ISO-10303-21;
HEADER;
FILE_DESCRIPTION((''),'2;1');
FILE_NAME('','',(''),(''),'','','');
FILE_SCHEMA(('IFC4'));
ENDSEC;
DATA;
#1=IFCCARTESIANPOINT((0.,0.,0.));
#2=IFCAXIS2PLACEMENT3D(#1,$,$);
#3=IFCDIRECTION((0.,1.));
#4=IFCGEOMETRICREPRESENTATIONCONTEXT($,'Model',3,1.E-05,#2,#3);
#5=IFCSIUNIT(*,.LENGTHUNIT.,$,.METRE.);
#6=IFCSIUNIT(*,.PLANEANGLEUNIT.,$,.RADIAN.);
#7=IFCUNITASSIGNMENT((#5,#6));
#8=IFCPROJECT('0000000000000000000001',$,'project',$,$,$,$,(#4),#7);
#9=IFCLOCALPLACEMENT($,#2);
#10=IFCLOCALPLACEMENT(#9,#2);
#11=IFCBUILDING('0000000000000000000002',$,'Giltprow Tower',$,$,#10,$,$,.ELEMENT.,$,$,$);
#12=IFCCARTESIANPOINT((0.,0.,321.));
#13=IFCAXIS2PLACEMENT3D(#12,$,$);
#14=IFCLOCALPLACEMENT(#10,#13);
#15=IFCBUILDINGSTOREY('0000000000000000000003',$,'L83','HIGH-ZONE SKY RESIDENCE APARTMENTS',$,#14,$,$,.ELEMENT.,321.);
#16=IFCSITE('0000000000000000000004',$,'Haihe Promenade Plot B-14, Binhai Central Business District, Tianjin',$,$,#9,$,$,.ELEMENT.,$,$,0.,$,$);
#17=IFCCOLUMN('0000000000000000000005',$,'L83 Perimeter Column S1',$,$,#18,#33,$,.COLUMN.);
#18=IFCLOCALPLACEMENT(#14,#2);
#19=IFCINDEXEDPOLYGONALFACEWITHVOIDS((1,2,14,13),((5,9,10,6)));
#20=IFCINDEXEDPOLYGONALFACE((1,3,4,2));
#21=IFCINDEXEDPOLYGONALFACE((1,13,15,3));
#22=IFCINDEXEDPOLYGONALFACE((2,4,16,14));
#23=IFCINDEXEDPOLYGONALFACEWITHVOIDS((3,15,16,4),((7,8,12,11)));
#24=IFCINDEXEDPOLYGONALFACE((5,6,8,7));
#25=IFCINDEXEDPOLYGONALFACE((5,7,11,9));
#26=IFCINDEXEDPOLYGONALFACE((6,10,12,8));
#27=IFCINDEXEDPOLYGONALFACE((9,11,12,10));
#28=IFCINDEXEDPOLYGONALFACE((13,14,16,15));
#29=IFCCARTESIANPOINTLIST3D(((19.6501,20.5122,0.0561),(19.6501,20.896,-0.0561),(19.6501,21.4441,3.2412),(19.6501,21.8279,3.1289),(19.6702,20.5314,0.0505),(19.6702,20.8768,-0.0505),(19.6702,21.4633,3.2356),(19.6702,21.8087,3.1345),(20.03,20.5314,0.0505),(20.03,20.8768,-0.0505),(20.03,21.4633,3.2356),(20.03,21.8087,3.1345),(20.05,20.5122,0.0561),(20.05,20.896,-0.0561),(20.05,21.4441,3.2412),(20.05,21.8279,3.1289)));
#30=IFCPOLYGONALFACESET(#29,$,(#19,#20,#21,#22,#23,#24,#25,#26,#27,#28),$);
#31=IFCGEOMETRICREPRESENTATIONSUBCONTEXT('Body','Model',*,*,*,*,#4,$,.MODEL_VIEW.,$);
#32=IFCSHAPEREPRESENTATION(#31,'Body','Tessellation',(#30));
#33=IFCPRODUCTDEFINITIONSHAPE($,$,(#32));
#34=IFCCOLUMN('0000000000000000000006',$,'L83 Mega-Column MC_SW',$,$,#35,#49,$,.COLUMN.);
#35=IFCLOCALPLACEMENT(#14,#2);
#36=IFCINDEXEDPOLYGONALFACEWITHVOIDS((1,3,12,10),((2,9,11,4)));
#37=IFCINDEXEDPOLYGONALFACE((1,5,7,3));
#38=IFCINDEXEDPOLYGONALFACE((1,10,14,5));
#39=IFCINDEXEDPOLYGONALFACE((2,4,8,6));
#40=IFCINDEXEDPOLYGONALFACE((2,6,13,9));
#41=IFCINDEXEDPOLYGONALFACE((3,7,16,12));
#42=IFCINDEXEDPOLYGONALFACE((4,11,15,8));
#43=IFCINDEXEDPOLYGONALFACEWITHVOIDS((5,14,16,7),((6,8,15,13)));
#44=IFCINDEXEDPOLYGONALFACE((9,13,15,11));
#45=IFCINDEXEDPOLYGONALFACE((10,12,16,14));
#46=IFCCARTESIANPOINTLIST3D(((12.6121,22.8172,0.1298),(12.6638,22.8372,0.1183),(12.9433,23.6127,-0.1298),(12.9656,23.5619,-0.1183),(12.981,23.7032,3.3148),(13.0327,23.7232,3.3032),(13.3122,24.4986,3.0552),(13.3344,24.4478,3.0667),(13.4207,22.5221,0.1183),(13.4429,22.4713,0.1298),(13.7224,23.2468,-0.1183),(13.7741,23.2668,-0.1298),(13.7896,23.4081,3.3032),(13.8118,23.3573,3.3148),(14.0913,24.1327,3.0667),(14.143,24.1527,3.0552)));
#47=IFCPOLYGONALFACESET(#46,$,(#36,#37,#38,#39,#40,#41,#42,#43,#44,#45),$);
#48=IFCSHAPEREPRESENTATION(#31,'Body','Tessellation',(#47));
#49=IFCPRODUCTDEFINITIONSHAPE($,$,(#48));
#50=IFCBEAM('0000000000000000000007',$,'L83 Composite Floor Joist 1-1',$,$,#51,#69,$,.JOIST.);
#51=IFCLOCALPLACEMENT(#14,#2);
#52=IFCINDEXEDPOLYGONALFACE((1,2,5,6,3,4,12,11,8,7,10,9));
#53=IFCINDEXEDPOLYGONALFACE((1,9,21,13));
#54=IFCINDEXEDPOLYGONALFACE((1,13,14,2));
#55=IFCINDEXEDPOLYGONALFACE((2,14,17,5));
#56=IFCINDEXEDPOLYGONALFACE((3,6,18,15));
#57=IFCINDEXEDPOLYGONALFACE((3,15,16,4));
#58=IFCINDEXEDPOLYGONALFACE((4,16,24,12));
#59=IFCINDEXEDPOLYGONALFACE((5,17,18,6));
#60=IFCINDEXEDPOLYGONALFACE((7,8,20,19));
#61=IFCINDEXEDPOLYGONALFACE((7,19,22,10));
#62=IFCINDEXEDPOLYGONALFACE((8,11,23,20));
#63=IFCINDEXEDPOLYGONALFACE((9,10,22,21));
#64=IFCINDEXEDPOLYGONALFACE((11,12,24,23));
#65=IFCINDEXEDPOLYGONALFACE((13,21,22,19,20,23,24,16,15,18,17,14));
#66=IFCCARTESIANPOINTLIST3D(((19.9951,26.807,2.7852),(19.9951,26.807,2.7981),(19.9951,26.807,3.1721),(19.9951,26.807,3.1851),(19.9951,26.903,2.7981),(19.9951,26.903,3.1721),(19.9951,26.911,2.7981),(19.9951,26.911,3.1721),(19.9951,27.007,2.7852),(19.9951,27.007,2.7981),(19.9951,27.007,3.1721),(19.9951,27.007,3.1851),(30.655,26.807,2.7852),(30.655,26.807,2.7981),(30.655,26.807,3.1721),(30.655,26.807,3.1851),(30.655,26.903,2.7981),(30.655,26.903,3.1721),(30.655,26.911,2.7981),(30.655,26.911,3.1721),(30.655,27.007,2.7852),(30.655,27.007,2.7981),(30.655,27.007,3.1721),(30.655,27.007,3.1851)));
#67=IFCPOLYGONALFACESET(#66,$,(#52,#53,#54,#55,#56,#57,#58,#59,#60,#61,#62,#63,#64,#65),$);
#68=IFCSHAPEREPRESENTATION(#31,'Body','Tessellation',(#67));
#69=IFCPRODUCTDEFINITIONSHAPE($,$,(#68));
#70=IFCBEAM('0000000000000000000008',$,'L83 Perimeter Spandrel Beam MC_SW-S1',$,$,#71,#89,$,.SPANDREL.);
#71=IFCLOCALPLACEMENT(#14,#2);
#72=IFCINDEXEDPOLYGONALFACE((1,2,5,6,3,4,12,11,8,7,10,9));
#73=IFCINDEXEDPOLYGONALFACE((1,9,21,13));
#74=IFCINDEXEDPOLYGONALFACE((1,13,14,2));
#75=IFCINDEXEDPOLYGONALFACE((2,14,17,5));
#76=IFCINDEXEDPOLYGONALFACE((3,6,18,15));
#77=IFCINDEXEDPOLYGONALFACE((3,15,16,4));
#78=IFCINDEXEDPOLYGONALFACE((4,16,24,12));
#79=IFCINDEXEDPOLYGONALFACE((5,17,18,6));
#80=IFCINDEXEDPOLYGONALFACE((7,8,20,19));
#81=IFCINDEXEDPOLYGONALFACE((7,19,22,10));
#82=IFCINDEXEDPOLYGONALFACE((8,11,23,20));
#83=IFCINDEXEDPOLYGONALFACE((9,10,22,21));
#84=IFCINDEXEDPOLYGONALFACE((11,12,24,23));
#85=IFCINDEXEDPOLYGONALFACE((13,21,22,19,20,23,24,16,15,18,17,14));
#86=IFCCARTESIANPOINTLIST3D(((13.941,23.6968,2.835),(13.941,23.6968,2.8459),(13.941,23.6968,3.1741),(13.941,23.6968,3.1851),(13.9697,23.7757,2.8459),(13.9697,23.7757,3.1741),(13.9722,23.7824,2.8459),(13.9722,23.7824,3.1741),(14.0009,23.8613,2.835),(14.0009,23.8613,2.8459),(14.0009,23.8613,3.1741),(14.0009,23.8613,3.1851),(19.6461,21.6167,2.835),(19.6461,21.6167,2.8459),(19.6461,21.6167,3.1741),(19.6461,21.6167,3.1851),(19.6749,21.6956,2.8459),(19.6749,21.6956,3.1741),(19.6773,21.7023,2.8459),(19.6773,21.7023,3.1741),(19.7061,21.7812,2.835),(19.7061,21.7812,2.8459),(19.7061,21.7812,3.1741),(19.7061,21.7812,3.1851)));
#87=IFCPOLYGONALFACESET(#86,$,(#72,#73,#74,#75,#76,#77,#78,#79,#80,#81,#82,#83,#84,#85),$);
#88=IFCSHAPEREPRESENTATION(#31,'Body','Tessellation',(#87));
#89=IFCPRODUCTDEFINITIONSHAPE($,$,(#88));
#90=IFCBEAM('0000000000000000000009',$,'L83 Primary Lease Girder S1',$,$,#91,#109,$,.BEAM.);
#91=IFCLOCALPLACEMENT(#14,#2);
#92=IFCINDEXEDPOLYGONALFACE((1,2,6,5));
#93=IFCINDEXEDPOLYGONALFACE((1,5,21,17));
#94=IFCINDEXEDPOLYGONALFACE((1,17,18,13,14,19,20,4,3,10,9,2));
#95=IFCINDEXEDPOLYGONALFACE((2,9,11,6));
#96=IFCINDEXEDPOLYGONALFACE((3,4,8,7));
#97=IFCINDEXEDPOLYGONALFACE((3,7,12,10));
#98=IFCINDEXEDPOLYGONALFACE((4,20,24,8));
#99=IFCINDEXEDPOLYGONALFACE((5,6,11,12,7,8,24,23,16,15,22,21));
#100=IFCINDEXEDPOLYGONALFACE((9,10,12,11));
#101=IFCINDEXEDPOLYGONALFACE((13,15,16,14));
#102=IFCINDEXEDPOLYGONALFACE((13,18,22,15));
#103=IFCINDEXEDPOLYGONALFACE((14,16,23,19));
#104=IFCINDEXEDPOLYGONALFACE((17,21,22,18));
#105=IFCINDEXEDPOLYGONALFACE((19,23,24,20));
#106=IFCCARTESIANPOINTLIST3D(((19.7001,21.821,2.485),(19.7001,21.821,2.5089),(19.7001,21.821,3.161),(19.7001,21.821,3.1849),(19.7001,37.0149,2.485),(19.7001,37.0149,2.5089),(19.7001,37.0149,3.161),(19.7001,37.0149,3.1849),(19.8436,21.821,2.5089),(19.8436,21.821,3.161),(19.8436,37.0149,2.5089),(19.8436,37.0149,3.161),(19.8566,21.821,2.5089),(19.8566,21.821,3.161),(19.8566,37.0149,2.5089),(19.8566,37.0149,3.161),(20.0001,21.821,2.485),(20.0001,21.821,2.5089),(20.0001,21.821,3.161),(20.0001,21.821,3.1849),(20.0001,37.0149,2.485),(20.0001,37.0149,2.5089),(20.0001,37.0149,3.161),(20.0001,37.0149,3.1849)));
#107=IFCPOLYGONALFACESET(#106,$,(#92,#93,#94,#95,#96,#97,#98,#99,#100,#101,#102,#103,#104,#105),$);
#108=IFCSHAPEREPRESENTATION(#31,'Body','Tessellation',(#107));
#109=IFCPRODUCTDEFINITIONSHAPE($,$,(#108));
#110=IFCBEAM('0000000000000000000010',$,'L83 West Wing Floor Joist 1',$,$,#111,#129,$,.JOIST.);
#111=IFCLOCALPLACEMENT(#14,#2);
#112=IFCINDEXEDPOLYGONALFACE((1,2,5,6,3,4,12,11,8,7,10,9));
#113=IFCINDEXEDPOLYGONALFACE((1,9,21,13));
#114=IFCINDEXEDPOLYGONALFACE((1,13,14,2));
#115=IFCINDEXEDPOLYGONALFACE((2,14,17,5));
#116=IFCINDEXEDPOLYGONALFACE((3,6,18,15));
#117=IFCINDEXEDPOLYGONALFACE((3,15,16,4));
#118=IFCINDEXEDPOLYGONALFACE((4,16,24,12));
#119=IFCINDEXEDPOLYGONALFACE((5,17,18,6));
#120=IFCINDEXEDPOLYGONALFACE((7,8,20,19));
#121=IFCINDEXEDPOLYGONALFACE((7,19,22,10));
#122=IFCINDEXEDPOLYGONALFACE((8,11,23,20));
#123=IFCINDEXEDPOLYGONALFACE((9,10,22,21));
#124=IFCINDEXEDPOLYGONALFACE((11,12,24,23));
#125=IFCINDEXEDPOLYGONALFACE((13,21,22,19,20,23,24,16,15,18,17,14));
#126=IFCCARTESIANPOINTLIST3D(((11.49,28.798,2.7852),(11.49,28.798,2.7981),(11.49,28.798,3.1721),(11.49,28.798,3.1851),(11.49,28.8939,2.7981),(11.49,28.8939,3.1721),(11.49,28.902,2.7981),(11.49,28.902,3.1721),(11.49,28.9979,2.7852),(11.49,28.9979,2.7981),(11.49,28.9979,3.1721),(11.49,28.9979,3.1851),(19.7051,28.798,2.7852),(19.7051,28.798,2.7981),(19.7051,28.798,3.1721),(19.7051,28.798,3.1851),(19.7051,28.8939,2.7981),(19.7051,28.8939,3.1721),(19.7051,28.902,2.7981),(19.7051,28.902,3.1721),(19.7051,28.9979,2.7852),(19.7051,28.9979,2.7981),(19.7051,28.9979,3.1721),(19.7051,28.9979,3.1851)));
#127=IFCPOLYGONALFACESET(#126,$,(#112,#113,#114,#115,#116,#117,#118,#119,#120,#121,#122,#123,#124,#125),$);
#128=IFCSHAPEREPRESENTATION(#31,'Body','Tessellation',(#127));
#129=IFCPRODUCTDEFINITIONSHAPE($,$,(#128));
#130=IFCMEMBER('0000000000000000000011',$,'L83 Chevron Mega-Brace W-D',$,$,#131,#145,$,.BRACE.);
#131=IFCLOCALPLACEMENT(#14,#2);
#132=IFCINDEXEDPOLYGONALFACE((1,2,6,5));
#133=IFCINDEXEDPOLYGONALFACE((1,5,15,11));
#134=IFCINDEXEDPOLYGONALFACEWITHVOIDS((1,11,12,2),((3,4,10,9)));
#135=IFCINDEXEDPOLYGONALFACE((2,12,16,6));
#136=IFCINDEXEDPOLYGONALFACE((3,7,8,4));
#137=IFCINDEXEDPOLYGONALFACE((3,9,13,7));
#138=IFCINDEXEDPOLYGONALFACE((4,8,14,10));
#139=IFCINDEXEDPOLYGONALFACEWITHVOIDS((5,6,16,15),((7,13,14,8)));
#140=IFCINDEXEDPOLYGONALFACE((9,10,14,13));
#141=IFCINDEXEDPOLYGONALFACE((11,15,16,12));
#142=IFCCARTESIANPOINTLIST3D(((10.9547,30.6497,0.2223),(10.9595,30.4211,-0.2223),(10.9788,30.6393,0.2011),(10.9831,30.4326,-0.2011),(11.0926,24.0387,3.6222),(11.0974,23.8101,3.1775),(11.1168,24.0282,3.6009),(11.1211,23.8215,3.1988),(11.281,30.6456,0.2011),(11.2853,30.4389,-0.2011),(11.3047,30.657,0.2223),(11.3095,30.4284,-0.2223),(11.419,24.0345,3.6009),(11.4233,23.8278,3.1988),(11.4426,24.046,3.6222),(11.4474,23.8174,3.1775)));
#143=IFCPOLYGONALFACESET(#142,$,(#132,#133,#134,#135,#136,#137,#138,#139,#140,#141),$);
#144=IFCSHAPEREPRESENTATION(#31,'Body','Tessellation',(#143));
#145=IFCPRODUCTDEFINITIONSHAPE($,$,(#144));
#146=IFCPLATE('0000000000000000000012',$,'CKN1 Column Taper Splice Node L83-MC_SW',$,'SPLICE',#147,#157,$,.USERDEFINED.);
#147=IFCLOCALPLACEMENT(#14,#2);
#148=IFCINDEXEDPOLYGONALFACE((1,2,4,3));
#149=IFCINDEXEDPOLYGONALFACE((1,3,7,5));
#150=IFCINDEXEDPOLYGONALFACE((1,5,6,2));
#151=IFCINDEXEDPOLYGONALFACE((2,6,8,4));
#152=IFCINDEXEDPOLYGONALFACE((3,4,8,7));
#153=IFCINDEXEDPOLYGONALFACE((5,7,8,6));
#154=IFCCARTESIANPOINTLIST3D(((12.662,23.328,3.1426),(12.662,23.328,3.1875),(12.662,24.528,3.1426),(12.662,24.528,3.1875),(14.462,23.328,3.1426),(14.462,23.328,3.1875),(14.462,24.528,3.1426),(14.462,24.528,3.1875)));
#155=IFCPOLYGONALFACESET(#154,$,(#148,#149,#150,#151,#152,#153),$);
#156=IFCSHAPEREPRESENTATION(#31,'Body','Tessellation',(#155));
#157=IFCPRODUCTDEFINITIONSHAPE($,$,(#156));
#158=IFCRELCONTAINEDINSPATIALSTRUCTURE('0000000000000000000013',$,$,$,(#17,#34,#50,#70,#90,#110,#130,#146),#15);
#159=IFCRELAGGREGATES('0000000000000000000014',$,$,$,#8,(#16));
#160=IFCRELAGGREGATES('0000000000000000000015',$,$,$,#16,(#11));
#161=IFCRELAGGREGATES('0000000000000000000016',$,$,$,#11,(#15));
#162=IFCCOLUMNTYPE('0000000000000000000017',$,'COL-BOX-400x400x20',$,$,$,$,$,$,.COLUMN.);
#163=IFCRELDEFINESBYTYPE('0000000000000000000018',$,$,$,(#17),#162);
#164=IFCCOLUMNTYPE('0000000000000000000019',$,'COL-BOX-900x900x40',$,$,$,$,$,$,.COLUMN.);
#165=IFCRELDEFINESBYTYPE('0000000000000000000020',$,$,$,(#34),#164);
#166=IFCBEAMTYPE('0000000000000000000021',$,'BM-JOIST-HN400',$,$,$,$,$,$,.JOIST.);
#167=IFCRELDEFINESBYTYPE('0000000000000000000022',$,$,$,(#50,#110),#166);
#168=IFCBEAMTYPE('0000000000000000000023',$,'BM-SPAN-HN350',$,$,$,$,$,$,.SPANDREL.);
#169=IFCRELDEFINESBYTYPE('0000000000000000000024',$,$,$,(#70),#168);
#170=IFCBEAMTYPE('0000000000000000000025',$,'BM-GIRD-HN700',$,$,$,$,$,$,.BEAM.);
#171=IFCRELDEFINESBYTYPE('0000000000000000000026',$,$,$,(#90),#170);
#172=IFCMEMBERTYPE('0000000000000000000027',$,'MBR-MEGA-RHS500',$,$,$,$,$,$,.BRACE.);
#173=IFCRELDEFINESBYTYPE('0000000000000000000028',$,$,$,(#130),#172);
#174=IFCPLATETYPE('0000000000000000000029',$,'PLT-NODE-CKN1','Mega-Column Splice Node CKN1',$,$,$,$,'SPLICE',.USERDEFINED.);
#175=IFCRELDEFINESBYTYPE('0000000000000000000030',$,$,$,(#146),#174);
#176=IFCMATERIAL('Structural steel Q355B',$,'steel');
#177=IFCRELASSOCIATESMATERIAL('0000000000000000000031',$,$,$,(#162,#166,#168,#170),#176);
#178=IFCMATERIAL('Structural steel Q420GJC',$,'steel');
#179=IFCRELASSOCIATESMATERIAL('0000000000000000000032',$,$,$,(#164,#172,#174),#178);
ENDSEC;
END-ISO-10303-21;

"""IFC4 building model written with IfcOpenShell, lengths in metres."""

from ifc_helpers import new_model, si_unit, direction, frame, origin, origin_2d, place, context, subcontext, project, spatial, rectangle, hollow_rectangle, i_section, extrude, source, transform, mapped, material, material_profile, profile_set, type_object, element, save


model = new_model("IFC4")

# Units and contexts
model_context = context("Model", 3, precision=1e-05, world=origin(), true_north=direction((0.0, 1.0)))
body_context = subcontext(model_context, "Body", "Model", "MODEL_VIEW")
ifc_project = project(units=[si_unit("LENGTHUNIT", "METRE"), si_unit("PLANEANGLEUNIT", "RADIAN")], contexts=[model_context])

# Site, building, storey
site_placement = place(None, origin())
site = spatial("IfcSite", under=ifc_project, at=site_placement, Name="Haihe Promenade Plot B-14, Binhai Central Business District, Tianjin", CompositionType="ELEMENT", RefElevation=0.0)
building_placement = place(site_placement, origin())
building = spatial("IfcBuilding", under=site, at=building_placement, Name="Giltprow Tower", CompositionType="ELEMENT")
storey_placement = place(building_placement, frame((0.0, 0.0, 321.0)))
storey = spatial("IfcBuildingStorey", under=building, at=storey_placement, Name="L83", Description="HIGH-ZONE SKY RESIDENCE APARTMENTS", CompositionType="ELEMENT", Elevation=321.0)

# Columns
ifc_material_1 = material(Name="Structural steel Q355B", Category="steel")
ifc_material_profile_1 = material_profile(ifc_material_1, hollow_rectangle(XDim=0.3999, YDim=0.3999, WallThickness=0.02, at=origin_2d()), Name="BOX 400x400x20")
ifc_profile_set_1 = profile_set([ifc_material_profile_1], Name="Structural steel Q355B")
column_type_1 = type_object("IfcColumnType", Name="COL-BOX-400x400x20", PredefinedType="COLUMN", material=ifc_profile_set_1)
shared_shape_1 = source(origin(), body_context, "Body", "SweptSolid", [
    extrude(hollow_rectangle(XDim=0.3999, YDim=0.3999, WallThickness=0.02, at=origin_2d()), origin(), (0.0, 0.0, 1.0), 3.3186),
])
column_1_placement = place(storey_placement, frame((19.8501, 20.7041, 0.0), z_axis=(0.0, 0.280808, 0.959764), x_axis=(-1.0, 0.0, 0.0)))
element("IfcColumn", 1, at=column_1_placement, inside=storey, type_object=column_type_1, Name="L83 Perimeter Column S1", PredefinedType="COLUMN", context=body_context, shape_type="MappedRepresentation", body=[
    mapped(shared_shape_1, transform((0.0, 0.0, 0.0), x_axis=(1.0, 0.0, 0.0), y_axis=(0.0, 1.0, 0.0), z_axis=(0.0, 0.0, 1.0), scale=1.0)),
])
ifc_material_2 = material(Name="Structural steel Q420GJC", Category="steel")
ifc_material_profile_2 = material_profile(ifc_material_2, hollow_rectangle(XDim=0.8999, YDim=0.8999, WallThickness=0.04, at=origin_2d()), Name="BOX 900x900x40")
ifc_profile_set_2 = profile_set([ifc_material_profile_2], Name="Structural steel Q420GJC")
column_type_2 = type_object("IfcColumnType", Name="COL-BOX-900x900x40", PredefinedType="COLUMN", material=ifc_profile_set_2)
shared_shape_2 = source(origin(), body_context, "Body", "SweptSolid", [
    extrude(hollow_rectangle(XDim=0.8999, YDim=0.8999, WallThickness=0.04, at=origin_2d()), origin(), (0.0, 0.0, 1.0), 3.3264),
])
column_2_placement = place(storey_placement, frame((13.1931, 23.042, 0.0), z_axis=(0.110896, 0.266341, 0.957478), x_axis=(-0.923175, 0.384381, 0.0)))
element("IfcColumn", 2, at=column_2_placement, inside=storey, type_object=column_type_2, Name="L83 Mega-Column MC_SW", PredefinedType="COLUMN", context=body_context, shape_type="MappedRepresentation", body=[
    mapped(shared_shape_2, transform((0.0, 0.0, 0.0), x_axis=(1.0, 0.0, 0.0), y_axis=(0.0, 1.0, 0.0), z_axis=(0.0, 0.0, 1.0), scale=1.0)),
])

# Beams
ifc_material_profile_3 = material_profile(ifc_material_1, i_section(OverallWidth=0.2, OverallDepth=0.3999, WebThickness=0.0081, FlangeThickness=0.0129, at=origin_2d()), Name="HN 400x200x8x13")
ifc_profile_set_3 = profile_set([ifc_material_profile_3], Name="Structural steel Q355B")
beam_type_1 = type_object("IfcBeamType", Name="BM-JOIST-HN400", PredefinedType="JOIST", material=ifc_profile_set_3)
shared_shape_3 = source(origin(), body_context, "Body", "SweptSolid", [
    extrude(i_section(OverallWidth=0.2, OverallDepth=0.3999, WebThickness=0.0081, FlangeThickness=0.0129, at=origin_2d()), origin(), (0.0, 0.0, 1.0), 10.6599),
])
beam_1_placement = place(storey_placement, frame((19.9951, 26.907, 2.9851), z_axis=(1.0, 0.0, 0.0), x_axis=(0.0, 1.0, 0.0)))
element("IfcBeam", 3, at=beam_1_placement, inside=storey, type_object=beam_type_1, Name="L83 Composite Floor Joist 1-1", PredefinedType="JOIST", context=body_context, shape_type="MappedRepresentation", body=[
    mapped(shared_shape_3, transform((0.0, 0.0, 0.0), x_axis=(1.0, 0.0, 0.0), y_axis=(0.0, 1.0, 0.0), z_axis=(0.0, 0.0, 1.0), scale=1.0)),
])
ifc_material_profile_4 = material_profile(ifc_material_1, i_section(OverallWidth=0.175, OverallDepth=0.3501, WebThickness=0.0071, FlangeThickness=0.011, at=origin_2d()), Name="HN 350x175x7x11")
ifc_profile_set_4 = profile_set([ifc_material_profile_4], Name="Structural steel Q355B")
beam_type_2 = type_object("IfcBeamType", Name="BM-SPAN-HN350", PredefinedType="SPANDREL", material=ifc_profile_set_4)
shared_shape_4 = source(origin(), body_context, "Body", "SweptSolid", [
    extrude(i_section(OverallWidth=0.175, OverallDepth=0.3501, WebThickness=0.0071, FlangeThickness=0.011, at=origin_2d()), origin(), (0.0, 0.0, 1.0), 6.0725),
])
beam_2_placement = place(storey_placement, frame((13.9709, 23.7791, 3.01), z_axis=(0.939502, -0.342544, 0.0), x_axis=(0.342544, 0.939502, 0.0)))
element("IfcBeam", 4, at=beam_2_placement, inside=storey, type_object=beam_type_2, Name="L83 Perimeter Spandrel Beam MC_SW-S1", PredefinedType="SPANDREL", context=body_context, shape_type="MappedRepresentation", body=[
    mapped(shared_shape_4, transform((0.0, 0.0, 0.0), x_axis=(1.0, 0.0, 0.0), y_axis=(0.0, 1.0, 0.0), z_axis=(0.0, 0.0, 1.0), scale=1.0)),
])
ifc_material_profile_5 = material_profile(ifc_material_1, i_section(OverallWidth=0.3, OverallDepth=0.7, WebThickness=0.0129, FlangeThickness=0.0239, at=origin_2d()), Name="HN 700x300x13x24")
ifc_profile_set_5 = profile_set([ifc_material_profile_5], Name="Structural steel Q355B")
beam_type_3 = type_object("IfcBeamType", Name="BM-GIRD-HN700", PredefinedType="BEAM", material=ifc_profile_set_5)
shared_shape_5 = source(origin(), body_context, "Body", "SweptSolid", [
    extrude(i_section(OverallWidth=0.3, OverallDepth=0.7, WebThickness=0.0129, FlangeThickness=0.0239, at=origin_2d()), origin(), (0.0, 0.0, 1.0), 15.1938),
])
beam_3_placement = place(storey_placement, frame((19.8501, 21.821, 2.835), z_axis=(0.0, 1.0, 0.0), x_axis=(-1.0, 0.0, 0.0)))
element("IfcBeam", 5, at=beam_3_placement, inside=storey, type_object=beam_type_3, Name="L83 Primary Lease Girder S1", PredefinedType="BEAM", context=body_context, shape_type="MappedRepresentation", body=[
    mapped(shared_shape_5, transform((0.0, 0.0, 0.0), x_axis=(1.0, 0.0, 0.0), y_axis=(0.0, 1.0, 0.0), z_axis=(0.0, 0.0, 1.0), scale=1.0)),
])
shared_shape_6 = source(origin(), body_context, "Body", "SweptSolid", [
    extrude(i_section(OverallWidth=0.2, OverallDepth=0.3999, WebThickness=0.0081, FlangeThickness=0.0129, at=origin_2d()), origin(), (0.0, 0.0, 1.0), 8.2151),
])
beam_4_placement = place(storey_placement, frame((11.49, 28.8979, 2.9851), z_axis=(1.0, 0.0, 0.0), x_axis=(0.0, 1.0, 0.0)))
element("IfcBeam", 6, at=beam_4_placement, inside=storey, type_object=beam_type_1, Name="L83 West Wing Floor Joist 1", PredefinedType="JOIST", context=body_context, shape_type="MappedRepresentation", body=[
    mapped(shared_shape_6, transform((0.0, 0.0, 0.0), x_axis=(1.0, 0.0, 0.0), y_axis=(0.0, 1.0, 0.0), z_axis=(0.0, 0.0, 1.0), scale=1.0)),
])

# Member
ifc_material_profile_6 = material_profile(ifc_material_2, hollow_rectangle(XDim=0.3501, YDim=0.5, WallThickness=0.0239, at=origin_2d()), Name="RHS 500x350x24")
ifc_profile_set_6 = profile_set([ifc_material_profile_6], Name="Structural steel Q420GJC")
member_type = type_object("IfcMemberType", Name="MBR-MEGA-RHS500", PredefinedType="BRACE", material=ifc_profile_set_6)
shared_shape_7 = source(origin(), body_context, "Body", "SweptSolid", [
    extrude(hollow_rectangle(XDim=0.3501, YDim=0.5, WallThickness=0.0239, at=origin_2d()), origin(), (0.0, 0.0, 1.0), 7.4353),
])
member_placement = place(storey_placement, frame((11.1321, 30.5391, 0.0), z_axis=(0.018552, -0.889139, 0.45726), x_axis=(0.999782, 0.02086, 0.0)))
element("IfcMember", 7, at=member_placement, inside=storey, type_object=member_type, Name="L83 Chevron Mega-Brace W-D", PredefinedType="BRACE", context=body_context, shape_type="MappedRepresentation", body=[
    mapped(shared_shape_7, transform((0.0, 0.0, 0.0), x_axis=(1.0, 0.0, 0.0), y_axis=(0.0, 1.0, 0.0), z_axis=(0.0, 0.0, 1.0), scale=1.0)),
])

# Plate
plate_type_1 = type_object("IfcPlateType", Name="PLT-NODE-CKN1", Description="Mega-Column Splice Node CKN1", ElementType="SPLICE", PredefinedType="USERDEFINED", material=ifc_material_2)
shared_shape_8 = source(origin(), body_context, "Body", "SweptSolid", [
    extrude(rectangle(XDim=1.8, YDim=1.2, at=origin_2d()), origin(), (0.0, 0.0, 1.0), 0.0449),
])
for number, where, z_axis, x_axis, name in (
    (8, (13.562, 23.928, 3.1426), (0.0, 0.0, 1.0), (1.0, 0.0, 0.0), "CKN1 Column Taper Splice Node L83-MC_SW"),
):
    element("IfcPlate", number, at=place(storey_placement, frame(where, z_axis=z_axis, x_axis=x_axis)), inside=storey, type_object=plate_type_1, Name=name, ObjectType="SPLICE", PredefinedType="USERDEFINED", context=body_context, shape_type="MappedRepresentation", body=[
        mapped(shared_shape_8, transform((0.0, 0.0, 0.0), x_axis=(1.0, 0.0, 0.0), y_axis=(0.0, 1.0, 0.0), z_axis=(0.0, 0.0, 1.0), scale=1.0)),
    ])

save(model, "model.ifc")
